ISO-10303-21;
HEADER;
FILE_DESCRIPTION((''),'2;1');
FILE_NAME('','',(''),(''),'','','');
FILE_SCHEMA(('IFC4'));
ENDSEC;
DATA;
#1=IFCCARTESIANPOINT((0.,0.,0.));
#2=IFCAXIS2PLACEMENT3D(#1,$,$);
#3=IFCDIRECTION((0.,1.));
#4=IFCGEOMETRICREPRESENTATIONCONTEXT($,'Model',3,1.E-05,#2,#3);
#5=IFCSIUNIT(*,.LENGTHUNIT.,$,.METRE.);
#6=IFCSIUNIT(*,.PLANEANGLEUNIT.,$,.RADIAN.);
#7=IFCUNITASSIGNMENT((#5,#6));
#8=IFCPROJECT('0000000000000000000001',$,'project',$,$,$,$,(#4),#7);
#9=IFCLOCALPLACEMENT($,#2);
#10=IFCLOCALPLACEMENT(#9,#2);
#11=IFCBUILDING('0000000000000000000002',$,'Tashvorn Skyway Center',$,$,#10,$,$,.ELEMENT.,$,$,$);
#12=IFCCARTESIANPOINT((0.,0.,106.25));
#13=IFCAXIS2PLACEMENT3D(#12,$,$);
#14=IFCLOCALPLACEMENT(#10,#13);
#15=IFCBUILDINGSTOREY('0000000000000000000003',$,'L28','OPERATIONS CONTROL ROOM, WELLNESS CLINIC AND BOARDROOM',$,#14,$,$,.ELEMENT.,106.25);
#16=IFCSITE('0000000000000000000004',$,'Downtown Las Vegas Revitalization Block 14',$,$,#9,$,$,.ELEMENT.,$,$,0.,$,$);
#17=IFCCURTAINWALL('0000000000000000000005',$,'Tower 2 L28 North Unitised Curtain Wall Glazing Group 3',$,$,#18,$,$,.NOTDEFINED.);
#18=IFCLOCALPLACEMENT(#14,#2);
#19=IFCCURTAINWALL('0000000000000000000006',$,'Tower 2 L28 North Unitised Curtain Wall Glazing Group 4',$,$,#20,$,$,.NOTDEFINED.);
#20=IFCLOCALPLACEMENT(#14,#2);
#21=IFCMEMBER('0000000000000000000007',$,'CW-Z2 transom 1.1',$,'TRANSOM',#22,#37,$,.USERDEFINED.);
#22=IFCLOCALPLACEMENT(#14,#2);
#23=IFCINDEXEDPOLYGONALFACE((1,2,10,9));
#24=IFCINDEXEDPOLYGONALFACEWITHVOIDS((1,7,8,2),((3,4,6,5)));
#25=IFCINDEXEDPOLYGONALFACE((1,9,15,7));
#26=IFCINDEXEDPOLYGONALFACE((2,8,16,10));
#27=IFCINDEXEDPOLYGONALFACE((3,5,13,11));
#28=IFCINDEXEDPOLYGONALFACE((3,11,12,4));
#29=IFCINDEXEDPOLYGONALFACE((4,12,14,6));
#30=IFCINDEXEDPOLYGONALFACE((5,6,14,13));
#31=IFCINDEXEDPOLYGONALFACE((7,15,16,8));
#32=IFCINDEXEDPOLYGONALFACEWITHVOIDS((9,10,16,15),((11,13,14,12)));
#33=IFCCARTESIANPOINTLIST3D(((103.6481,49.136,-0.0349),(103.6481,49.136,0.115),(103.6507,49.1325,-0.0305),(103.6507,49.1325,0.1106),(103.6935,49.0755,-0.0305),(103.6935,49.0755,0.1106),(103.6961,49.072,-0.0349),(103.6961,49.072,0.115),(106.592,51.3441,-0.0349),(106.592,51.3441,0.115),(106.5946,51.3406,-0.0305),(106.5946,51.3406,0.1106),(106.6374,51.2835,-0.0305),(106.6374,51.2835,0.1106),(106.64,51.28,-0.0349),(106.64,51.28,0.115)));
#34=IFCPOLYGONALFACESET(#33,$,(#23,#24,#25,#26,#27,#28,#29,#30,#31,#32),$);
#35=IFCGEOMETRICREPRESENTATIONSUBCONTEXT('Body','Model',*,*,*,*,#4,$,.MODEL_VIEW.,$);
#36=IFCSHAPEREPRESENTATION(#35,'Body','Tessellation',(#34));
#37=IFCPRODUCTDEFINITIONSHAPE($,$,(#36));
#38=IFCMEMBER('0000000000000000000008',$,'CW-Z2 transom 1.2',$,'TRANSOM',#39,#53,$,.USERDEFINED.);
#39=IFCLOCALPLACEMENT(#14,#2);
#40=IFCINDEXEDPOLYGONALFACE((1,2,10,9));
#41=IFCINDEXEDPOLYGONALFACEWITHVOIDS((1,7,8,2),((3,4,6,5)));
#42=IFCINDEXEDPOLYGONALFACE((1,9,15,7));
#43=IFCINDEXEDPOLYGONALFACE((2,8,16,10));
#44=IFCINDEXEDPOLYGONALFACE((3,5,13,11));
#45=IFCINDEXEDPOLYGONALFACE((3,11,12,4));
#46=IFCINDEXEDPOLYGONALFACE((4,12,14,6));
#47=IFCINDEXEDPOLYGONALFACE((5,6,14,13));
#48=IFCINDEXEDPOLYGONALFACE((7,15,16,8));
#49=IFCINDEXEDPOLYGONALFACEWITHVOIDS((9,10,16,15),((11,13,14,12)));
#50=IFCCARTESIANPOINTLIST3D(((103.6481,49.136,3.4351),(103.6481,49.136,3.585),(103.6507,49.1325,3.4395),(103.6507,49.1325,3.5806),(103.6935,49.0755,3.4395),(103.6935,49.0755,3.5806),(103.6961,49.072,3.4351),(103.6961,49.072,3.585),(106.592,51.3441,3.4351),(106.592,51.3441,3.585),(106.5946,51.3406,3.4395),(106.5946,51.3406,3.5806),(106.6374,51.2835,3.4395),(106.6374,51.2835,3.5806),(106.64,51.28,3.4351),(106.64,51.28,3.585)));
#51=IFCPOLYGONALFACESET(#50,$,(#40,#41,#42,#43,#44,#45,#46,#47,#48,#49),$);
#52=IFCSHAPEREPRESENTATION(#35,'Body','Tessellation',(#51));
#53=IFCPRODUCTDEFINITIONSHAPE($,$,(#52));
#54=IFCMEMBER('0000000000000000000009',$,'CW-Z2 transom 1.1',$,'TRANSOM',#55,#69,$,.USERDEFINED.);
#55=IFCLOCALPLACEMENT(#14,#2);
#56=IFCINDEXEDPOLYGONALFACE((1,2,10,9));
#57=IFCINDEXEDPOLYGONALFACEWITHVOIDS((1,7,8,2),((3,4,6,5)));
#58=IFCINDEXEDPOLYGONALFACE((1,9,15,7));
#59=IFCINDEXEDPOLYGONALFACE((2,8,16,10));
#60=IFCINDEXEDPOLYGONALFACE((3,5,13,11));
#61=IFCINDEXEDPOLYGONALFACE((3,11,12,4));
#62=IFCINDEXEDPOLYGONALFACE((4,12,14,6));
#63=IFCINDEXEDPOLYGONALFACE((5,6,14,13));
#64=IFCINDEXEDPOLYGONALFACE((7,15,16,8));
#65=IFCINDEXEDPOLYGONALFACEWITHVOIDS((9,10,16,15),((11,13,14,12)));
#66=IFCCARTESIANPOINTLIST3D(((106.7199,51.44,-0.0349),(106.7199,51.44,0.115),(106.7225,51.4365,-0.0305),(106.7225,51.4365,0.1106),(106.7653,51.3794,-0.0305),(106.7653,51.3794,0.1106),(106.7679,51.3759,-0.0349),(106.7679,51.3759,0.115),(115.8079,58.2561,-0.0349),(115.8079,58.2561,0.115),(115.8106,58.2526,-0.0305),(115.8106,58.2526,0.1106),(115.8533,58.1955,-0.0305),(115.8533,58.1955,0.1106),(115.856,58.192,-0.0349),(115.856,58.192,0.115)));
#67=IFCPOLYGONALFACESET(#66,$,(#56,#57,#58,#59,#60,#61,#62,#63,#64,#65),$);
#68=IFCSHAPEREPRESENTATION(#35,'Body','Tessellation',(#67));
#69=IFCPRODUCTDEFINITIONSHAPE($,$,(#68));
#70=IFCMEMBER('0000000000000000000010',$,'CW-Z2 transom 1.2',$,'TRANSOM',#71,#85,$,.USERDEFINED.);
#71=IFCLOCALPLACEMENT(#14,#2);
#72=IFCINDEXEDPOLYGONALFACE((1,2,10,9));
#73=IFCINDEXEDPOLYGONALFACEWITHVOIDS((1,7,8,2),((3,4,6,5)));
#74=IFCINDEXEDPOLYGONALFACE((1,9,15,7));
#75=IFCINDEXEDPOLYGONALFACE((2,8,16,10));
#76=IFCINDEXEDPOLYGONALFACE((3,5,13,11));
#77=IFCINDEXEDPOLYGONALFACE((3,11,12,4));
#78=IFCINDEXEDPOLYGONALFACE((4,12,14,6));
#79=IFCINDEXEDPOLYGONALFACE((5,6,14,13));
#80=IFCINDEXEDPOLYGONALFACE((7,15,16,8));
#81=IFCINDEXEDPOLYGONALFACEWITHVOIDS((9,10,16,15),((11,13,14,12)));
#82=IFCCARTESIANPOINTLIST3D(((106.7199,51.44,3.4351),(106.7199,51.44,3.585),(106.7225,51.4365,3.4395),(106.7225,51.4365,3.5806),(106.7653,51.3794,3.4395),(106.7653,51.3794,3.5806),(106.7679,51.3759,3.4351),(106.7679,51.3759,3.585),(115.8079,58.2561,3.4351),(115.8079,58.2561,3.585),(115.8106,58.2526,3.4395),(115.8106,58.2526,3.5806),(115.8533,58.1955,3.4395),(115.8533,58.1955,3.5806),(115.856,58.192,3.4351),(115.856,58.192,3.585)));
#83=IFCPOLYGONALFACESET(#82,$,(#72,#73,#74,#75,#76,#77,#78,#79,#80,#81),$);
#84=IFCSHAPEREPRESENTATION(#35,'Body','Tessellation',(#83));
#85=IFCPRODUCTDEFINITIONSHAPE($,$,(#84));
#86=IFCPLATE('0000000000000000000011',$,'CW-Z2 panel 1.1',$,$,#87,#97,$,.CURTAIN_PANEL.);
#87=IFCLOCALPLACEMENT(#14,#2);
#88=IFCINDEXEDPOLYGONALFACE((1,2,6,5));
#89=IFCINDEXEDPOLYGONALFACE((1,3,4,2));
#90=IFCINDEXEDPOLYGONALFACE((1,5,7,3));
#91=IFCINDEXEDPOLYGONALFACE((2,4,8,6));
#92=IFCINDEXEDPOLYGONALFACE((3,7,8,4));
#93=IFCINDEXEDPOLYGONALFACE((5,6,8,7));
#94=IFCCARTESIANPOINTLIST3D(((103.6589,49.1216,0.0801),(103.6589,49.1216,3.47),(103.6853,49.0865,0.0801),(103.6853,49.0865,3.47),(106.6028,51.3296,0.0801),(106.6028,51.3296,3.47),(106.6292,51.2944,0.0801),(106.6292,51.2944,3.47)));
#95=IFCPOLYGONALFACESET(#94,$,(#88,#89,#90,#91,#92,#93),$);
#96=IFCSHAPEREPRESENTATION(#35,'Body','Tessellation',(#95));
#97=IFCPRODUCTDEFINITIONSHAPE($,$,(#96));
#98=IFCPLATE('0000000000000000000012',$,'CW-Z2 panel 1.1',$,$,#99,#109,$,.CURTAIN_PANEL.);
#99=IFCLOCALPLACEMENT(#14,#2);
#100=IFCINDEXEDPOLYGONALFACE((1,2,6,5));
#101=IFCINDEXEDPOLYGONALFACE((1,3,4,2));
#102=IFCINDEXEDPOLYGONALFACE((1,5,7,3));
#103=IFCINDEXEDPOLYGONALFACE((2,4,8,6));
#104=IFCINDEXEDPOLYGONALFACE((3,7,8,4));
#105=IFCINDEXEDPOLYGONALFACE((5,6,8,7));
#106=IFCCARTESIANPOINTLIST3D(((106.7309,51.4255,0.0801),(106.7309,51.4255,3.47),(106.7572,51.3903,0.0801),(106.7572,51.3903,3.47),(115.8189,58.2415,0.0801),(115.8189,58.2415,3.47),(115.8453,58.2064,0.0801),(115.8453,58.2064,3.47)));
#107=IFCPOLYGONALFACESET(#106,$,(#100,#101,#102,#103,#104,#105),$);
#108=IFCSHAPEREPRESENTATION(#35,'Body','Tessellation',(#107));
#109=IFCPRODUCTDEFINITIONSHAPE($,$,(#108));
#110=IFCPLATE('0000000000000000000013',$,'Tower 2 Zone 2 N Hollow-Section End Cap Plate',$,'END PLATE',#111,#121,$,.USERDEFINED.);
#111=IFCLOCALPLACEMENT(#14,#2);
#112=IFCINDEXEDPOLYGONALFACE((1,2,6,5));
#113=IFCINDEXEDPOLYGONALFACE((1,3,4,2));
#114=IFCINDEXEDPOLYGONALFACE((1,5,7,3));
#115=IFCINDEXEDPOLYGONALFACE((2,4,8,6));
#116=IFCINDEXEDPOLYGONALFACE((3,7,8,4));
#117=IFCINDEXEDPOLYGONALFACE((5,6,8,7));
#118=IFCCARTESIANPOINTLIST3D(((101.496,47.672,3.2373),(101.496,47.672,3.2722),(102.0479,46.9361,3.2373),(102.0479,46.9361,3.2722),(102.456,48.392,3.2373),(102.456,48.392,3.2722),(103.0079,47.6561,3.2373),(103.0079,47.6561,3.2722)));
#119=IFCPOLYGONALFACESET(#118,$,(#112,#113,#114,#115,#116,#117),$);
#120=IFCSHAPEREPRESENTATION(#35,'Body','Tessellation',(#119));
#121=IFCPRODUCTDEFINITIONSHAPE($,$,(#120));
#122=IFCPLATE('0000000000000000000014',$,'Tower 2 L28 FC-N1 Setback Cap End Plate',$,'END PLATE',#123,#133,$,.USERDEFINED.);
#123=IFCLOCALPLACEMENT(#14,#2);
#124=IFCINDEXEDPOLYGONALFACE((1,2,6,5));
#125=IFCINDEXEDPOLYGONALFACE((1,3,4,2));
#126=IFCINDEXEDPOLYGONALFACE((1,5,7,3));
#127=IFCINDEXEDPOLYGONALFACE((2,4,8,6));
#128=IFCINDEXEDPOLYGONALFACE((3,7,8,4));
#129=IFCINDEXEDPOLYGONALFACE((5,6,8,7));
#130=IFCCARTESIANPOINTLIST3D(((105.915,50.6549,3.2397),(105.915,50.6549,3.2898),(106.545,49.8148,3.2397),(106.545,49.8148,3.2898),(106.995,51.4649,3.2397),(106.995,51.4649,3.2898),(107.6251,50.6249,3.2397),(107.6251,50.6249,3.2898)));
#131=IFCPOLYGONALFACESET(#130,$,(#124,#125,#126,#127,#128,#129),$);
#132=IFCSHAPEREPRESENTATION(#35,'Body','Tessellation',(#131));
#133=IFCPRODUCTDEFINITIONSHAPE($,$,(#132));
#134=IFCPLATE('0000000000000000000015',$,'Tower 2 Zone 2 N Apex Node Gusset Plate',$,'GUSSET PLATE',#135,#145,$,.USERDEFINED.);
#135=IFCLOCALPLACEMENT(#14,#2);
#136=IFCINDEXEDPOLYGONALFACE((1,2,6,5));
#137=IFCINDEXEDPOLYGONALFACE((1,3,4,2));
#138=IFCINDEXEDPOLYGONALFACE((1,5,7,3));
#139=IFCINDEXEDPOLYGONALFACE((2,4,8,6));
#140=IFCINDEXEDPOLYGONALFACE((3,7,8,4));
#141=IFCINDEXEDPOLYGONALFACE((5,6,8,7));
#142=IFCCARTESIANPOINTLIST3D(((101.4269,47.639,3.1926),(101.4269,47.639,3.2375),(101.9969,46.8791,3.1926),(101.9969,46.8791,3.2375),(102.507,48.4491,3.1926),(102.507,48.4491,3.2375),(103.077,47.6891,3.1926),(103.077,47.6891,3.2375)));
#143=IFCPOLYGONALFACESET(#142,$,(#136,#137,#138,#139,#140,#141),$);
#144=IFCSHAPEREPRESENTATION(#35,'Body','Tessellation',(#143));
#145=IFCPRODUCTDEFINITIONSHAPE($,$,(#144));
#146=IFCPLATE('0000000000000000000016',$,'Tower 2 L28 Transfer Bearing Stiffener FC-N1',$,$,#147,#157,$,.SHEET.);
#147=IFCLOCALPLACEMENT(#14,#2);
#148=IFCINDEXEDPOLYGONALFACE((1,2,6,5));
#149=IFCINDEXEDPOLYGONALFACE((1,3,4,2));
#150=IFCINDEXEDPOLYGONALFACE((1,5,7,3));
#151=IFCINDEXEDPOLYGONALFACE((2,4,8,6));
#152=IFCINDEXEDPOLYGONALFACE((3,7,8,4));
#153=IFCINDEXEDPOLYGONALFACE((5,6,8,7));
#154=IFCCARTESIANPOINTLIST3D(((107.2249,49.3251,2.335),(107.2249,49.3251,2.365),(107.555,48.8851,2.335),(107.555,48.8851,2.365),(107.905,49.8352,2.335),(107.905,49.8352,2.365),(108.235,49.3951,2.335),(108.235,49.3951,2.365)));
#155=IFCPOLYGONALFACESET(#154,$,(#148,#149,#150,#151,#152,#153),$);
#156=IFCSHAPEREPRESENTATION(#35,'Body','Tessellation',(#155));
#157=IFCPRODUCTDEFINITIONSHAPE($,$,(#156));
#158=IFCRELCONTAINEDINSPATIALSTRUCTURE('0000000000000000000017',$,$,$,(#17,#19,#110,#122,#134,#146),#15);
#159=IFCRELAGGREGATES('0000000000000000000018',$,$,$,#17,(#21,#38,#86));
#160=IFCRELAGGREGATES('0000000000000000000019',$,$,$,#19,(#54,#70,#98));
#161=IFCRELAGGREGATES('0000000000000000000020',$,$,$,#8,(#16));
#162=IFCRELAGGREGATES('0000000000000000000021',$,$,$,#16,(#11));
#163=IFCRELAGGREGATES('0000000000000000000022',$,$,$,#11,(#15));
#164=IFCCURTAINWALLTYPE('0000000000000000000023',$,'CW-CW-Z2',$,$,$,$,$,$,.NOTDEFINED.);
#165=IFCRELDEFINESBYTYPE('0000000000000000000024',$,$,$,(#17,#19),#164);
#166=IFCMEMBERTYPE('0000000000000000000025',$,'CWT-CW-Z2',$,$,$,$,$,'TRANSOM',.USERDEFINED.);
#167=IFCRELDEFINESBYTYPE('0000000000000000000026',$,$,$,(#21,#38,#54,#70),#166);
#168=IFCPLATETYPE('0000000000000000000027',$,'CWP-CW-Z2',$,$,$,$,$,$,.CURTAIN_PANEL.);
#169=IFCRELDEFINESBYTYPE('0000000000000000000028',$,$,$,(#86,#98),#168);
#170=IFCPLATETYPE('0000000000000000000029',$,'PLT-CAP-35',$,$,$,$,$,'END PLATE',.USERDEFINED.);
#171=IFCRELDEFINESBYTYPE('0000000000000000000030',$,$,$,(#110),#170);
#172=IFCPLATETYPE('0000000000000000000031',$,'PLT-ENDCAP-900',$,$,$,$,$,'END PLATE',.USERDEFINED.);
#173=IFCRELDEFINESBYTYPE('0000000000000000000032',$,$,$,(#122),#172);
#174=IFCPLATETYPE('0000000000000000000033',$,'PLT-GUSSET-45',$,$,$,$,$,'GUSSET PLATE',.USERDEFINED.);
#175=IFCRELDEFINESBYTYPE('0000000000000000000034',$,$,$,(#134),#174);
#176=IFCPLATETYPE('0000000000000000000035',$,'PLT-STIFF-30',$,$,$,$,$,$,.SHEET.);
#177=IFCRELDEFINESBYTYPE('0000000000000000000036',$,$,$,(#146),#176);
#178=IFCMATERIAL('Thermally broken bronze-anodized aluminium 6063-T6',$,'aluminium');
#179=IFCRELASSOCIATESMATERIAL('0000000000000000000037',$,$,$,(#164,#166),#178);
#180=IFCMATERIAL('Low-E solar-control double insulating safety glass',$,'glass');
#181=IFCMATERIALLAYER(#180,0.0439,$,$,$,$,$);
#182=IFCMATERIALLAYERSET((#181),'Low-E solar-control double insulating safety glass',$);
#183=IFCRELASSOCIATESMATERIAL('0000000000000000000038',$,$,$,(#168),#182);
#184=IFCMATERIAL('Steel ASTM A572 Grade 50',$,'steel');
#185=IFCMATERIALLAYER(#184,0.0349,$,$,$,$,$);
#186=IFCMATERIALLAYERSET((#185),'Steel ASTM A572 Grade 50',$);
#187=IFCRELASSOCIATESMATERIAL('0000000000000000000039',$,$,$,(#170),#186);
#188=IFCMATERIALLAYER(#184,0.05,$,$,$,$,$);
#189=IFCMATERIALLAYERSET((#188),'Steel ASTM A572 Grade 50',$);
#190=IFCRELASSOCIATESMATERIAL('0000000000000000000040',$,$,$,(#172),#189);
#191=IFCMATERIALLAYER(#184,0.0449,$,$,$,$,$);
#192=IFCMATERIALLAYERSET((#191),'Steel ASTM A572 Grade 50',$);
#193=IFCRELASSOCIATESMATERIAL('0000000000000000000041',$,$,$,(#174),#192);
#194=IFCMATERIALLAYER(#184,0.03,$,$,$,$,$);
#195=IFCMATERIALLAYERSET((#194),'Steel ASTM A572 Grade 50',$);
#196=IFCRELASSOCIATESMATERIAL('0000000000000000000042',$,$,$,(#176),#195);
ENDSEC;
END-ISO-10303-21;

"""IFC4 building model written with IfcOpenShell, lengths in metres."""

from ifc_helpers import new_model, si_unit, direction, frame, origin, origin_2d, place, context, subcontext, project, spatial, rectangle, hollow_rectangle, extrude, material, layer, layer_set, material_profile, profile_set, type_object, element, aggregate, save


model = new_model("IFC4")

# Units and contexts
model_context = context("Model", 3, precision=1e-05, world=origin(), true_north=direction((0.0, 1.0)))
body_context = subcontext(model_context, "Body", "Model", "MODEL_VIEW")
ifc_project = project(units=[si_unit("LENGTHUNIT", "METRE"), si_unit("PLANEANGLEUNIT", "RADIAN")], contexts=[model_context])

# Site, building, storey
site_placement = place(None, origin())
site = spatial("IfcSite", under=ifc_project, at=site_placement, Name="Downtown Las Vegas Revitalization Block 14", CompositionType="ELEMENT", RefElevation=0.0)
building_placement = place(site_placement, origin())
building = spatial("IfcBuilding", under=site, at=building_placement, Name="Tashvorn Skyway Center", CompositionType="ELEMENT")
storey_placement = place(building_placement, frame((0.0, 0.0, 106.25)))
storey = spatial("IfcBuildingStorey", under=building, at=storey_placement, Name="L28", Description="OPERATIONS CONTROL ROOM, WELLNESS CLINIC AND BOARDROOM", CompositionType="ELEMENT", Elevation=106.25)

# Shared definitions
ifc_material_1 = material(Name="Steel ASTM A572 Grade 50", Category="steel")

# Shared definitions
ifc_material_2 = material(Name="Thermally broken bronze-anodized aluminium 6063-T6", Category="aluminium")
curtain_wall_type = type_object("IfcCurtainWallType", Name="CW-CW-Z2", PredefinedType="NOTDEFINED", material=ifc_material_2)

# Curtain wall
curtain_wall_1_placement = place(storey_placement, origin())
curtain_wall_1 = element("IfcCurtainWall", 1, at=curtain_wall_1_placement, inside=storey, type_object=curtain_wall_type, Name="Tower 2 L28 North Unitised Curtain Wall Glazing Group 3", PredefinedType="NOTDEFINED")

# Curtain wall
curtain_wall_2_placement = place(storey_placement, origin())
curtain_wall_2 = element("IfcCurtainWall", 2, at=curtain_wall_2_placement, inside=storey, type_object=curtain_wall_type, Name="Tower 2 L28 North Unitised Curtain Wall Glazing Group 4", PredefinedType="NOTDEFINED")

# Members
ifc_material_profile_1 = material_profile(ifc_material_2, hollow_rectangle(XDim=0.0801, YDim=0.1499, WallThickness=0.0044, at=origin_2d()), Name="ALU-TRAN-80x150")
ifc_profile_set_1 = profile_set([ifc_material_profile_1], Name="Thermally broken bronze-anodized aluminium 6063-T6")
member_type_1 = type_object("IfcMemberType", Name="CWT-CW-Z2", ElementType="TRANSOM", PredefinedType="USERDEFINED", material=ifc_profile_set_1)
member_1_placement = place(storey_placement, frame((103.6721, 49.104, 0.04), z_axis=(0.799984, 0.600021, 0.0), x_axis=(-0.600021, 0.799984, 0.0)))
member_1 = element("IfcMember", 3, at=member_1_placement, type_object=member_type_1, Name="CW-Z2 transom 1.1", ObjectType="TRANSOM", PredefinedType="USERDEFINED", context=body_context, shape_type="SweptSolid", body=[
    extrude(hollow_rectangle(XDim=0.0801, YDim=0.1499, WallThickness=0.0044, at=origin_2d()), origin(), (0.0, 0.0, 1.0), 3.6799),
])
member_2_placement = place(storey_placement, frame((103.6721, 49.104, 3.51), z_axis=(0.799984, 0.600021, 0.0), x_axis=(-0.600021, 0.799984, 0.0)))
member_2 = element("IfcMember", 4, at=member_2_placement, type_object=member_type_1, Name="CW-Z2 transom 1.2", ObjectType="TRANSOM", PredefinedType="USERDEFINED", context=body_context, shape_type="SweptSolid", body=[
    extrude(hollow_rectangle(XDim=0.0801, YDim=0.1499, WallThickness=0.0044, at=origin_2d()), origin(), (0.0, 0.0, 1.0), 3.6799),
])
member_3_placement = place(storey_placement, frame((106.7439, 51.408, 0.04), z_axis=(0.799997, 0.600003, 0.0), x_axis=(-0.600003, 0.799997, 0.0)))
member_3 = element("IfcMember", 5, at=member_3_placement, type_object=member_type_1, Name="CW-Z2 transom 1.1", ObjectType="TRANSOM", PredefinedType="USERDEFINED", context=body_context, shape_type="SweptSolid", body=[
    extrude(hollow_rectangle(XDim=0.0801, YDim=0.1499, WallThickness=0.0044, at=origin_2d()), origin(), (0.0, 0.0, 1.0), 11.3601),
])
member_4_placement = place(storey_placement, frame((106.7439, 51.408, 3.51), z_axis=(0.799997, 0.600003, 0.0), x_axis=(-0.600003, 0.799997, 0.0)))
member_4 = element("IfcMember", 6, at=member_4_placement, type_object=member_type_1, Name="CW-Z2 transom 1.2", ObjectType="TRANSOM", PredefinedType="USERDEFINED", context=body_context, shape_type="SweptSolid", body=[
    extrude(hollow_rectangle(XDim=0.0801, YDim=0.1499, WallThickness=0.0044, at=origin_2d()), origin(), (0.0, 0.0, 1.0), 11.3601),
])

# Plates
ifc_material_3 = material(Name="Low-E solar-control double insulating safety glass", Category="glass")
ifc_layer_1 = layer(ifc_material_3, 0.0439)
ifc_layer_set_1 = layer_set([ifc_layer_1], Name="Low-E solar-control double insulating safety glass")
plate_type_1 = type_object("IfcPlateType", Name="CWP-CW-Z2", PredefinedType="CURTAIN_PANEL", material=ifc_layer_set_1)
plate_1_placement = place(storey_placement, frame((105.144, 50.208, 0.0801), z_axis=(0.0, 0.0, 1.0), x_axis=(0.8, 0.6, 0.0)))
plate_1 = element("IfcPlate", 7, at=plate_1_placement, type_object=plate_type_1, Name="CW-Z2 panel 1.1", PredefinedType="CURTAIN_PANEL", context=body_context, shape_type="SweptSolid", body=[
    extrude(rectangle(XDim=3.6799, YDim=0.0439, at=origin_2d()), origin(), (0.0, 0.0, 1.0), 3.3899),
])
aggregate(curtain_wall_1, [member_1, member_2, plate_1])
plate_2_placement = place(storey_placement, frame((111.2881, 54.8159, 0.0801), z_axis=(0.0, 0.0, 1.0), x_axis=(0.8, 0.6, 0.0)))
plate_2 = element("IfcPlate", 8, at=plate_2_placement, type_object=plate_type_1, Name="CW-Z2 panel 1.1", PredefinedType="CURTAIN_PANEL", context=body_context, shape_type="SweptSolid", body=[
    extrude(rectangle(XDim=11.3601, YDim=0.0439, at=origin_2d()), origin(), (0.0, 0.0, 1.0), 3.3899),
])
aggregate(curtain_wall_2, [member_3, member_4, plate_2])

# Plates
ifc_layer_2 = layer(ifc_material_1, 0.0349)
ifc_layer_set_2 = layer_set([ifc_layer_2], Name="Steel ASTM A572 Grade 50")
plate_type_2 = type_object("IfcPlateType", Name="PLT-CAP-35", ElementType="END PLATE", PredefinedType="USERDEFINED", material=ifc_layer_set_2)
plate_3_placement = place(storey_placement, frame((102.252, 47.6641, 3.2373), z_axis=(0.0, 0.0, 1.0), x_axis=(-0.8, -0.6, 0.0)))
element("IfcPlate", 9, at=plate_3_placement, inside=storey, type_object=plate_type_2, Name="Tower 2 Zone 2 N Hollow-Section End Cap Plate", ObjectType="END PLATE", PredefinedType="USERDEFINED", context=body_context, shape_type="SweptSolid", body=[
    extrude(rectangle(XDim=1.2, YDim=0.9199, at=origin_2d()), origin(), (0.0, 0.0, 1.0), 0.0349),
])
ifc_layer_3 = layer(ifc_material_1, 0.05)
ifc_layer_set_3 = layer_set([ifc_layer_3], Name="Steel ASTM A572 Grade 50")
plate_type_3 = type_object("IfcPlateType", Name="PLT-ENDCAP-900", ElementType="END PLATE", PredefinedType="USERDEFINED", material=ifc_layer_set_3)
plate_4_placement = place(storey_placement, frame((106.77, 50.6399, 3.2397), z_axis=(0.0, 0.0, 1.0), x_axis=(0.8, 0.6, 0.0)))
element("IfcPlate", 10, at=plate_4_placement, inside=storey, type_object=plate_type_3, Name="Tower 2 L28 FC-N1 Setback Cap End Plate", ObjectType="END PLATE", PredefinedType="USERDEFINED", context=body_context, shape_type="SweptSolid", body=[
    extrude(rectangle(XDim=1.3501, YDim=1.05, at=origin_2d()), origin(), (0.0, 0.0, 1.0), 0.05),
])
ifc_layer_4 = layer(ifc_material_1, 0.0449)
ifc_layer_set_4 = layer_set([ifc_layer_4], Name="Steel ASTM A572 Grade 50")
plate_type_4 = type_object("IfcPlateType", Name="PLT-GUSSET-45", ElementType="GUSSET PLATE", PredefinedType="USERDEFINED", material=ifc_layer_set_4)
plate_5_placement = place(storey_placement, frame((102.252, 47.6641, 3.1926), z_axis=(0.0, 0.0, 1.0), x_axis=(-0.8, -0.6, 0.0)))
element("IfcPlate", 11, at=plate_5_placement, inside=storey, type_object=plate_type_4, Name="Tower 2 Zone 2 N Apex Node Gusset Plate", ObjectType="GUSSET PLATE", PredefinedType="USERDEFINED", context=body_context, shape_type="SweptSolid", body=[
    extrude(rectangle(XDim=1.3501, YDim=0.95, at=origin_2d()), origin(), (0.0, 0.0, 1.0), 0.0449),
])
ifc_layer_5 = layer(ifc_material_1, 0.03)
ifc_layer_set_5 = layer_set([ifc_layer_5], Name="Steel ASTM A572 Grade 50")
plate_type_5 = type_object("IfcPlateType", Name="PLT-STIFF-30", PredefinedType="SHEET", material=ifc_layer_set_5)
plate_6_placement = place(storey_placement, frame((107.73, 49.3601, 2.335), z_axis=(0.0, 0.0, 1.0), x_axis=(0.8, 0.6, 0.0)))
element("IfcPlate", 12, at=plate_6_placement, inside=storey, type_object=plate_type_5, Name="Tower 2 L28 Transfer Bearing Stiffener FC-N1", PredefinedType="SHEET", context=body_context, shape_type="SweptSolid", body=[
    extrude(rectangle(XDim=0.8501, YDim=0.55, at=origin_2d()), origin(), (0.0, 0.0, 1.0), 0.03),
])

save(model, "model.ifc")
